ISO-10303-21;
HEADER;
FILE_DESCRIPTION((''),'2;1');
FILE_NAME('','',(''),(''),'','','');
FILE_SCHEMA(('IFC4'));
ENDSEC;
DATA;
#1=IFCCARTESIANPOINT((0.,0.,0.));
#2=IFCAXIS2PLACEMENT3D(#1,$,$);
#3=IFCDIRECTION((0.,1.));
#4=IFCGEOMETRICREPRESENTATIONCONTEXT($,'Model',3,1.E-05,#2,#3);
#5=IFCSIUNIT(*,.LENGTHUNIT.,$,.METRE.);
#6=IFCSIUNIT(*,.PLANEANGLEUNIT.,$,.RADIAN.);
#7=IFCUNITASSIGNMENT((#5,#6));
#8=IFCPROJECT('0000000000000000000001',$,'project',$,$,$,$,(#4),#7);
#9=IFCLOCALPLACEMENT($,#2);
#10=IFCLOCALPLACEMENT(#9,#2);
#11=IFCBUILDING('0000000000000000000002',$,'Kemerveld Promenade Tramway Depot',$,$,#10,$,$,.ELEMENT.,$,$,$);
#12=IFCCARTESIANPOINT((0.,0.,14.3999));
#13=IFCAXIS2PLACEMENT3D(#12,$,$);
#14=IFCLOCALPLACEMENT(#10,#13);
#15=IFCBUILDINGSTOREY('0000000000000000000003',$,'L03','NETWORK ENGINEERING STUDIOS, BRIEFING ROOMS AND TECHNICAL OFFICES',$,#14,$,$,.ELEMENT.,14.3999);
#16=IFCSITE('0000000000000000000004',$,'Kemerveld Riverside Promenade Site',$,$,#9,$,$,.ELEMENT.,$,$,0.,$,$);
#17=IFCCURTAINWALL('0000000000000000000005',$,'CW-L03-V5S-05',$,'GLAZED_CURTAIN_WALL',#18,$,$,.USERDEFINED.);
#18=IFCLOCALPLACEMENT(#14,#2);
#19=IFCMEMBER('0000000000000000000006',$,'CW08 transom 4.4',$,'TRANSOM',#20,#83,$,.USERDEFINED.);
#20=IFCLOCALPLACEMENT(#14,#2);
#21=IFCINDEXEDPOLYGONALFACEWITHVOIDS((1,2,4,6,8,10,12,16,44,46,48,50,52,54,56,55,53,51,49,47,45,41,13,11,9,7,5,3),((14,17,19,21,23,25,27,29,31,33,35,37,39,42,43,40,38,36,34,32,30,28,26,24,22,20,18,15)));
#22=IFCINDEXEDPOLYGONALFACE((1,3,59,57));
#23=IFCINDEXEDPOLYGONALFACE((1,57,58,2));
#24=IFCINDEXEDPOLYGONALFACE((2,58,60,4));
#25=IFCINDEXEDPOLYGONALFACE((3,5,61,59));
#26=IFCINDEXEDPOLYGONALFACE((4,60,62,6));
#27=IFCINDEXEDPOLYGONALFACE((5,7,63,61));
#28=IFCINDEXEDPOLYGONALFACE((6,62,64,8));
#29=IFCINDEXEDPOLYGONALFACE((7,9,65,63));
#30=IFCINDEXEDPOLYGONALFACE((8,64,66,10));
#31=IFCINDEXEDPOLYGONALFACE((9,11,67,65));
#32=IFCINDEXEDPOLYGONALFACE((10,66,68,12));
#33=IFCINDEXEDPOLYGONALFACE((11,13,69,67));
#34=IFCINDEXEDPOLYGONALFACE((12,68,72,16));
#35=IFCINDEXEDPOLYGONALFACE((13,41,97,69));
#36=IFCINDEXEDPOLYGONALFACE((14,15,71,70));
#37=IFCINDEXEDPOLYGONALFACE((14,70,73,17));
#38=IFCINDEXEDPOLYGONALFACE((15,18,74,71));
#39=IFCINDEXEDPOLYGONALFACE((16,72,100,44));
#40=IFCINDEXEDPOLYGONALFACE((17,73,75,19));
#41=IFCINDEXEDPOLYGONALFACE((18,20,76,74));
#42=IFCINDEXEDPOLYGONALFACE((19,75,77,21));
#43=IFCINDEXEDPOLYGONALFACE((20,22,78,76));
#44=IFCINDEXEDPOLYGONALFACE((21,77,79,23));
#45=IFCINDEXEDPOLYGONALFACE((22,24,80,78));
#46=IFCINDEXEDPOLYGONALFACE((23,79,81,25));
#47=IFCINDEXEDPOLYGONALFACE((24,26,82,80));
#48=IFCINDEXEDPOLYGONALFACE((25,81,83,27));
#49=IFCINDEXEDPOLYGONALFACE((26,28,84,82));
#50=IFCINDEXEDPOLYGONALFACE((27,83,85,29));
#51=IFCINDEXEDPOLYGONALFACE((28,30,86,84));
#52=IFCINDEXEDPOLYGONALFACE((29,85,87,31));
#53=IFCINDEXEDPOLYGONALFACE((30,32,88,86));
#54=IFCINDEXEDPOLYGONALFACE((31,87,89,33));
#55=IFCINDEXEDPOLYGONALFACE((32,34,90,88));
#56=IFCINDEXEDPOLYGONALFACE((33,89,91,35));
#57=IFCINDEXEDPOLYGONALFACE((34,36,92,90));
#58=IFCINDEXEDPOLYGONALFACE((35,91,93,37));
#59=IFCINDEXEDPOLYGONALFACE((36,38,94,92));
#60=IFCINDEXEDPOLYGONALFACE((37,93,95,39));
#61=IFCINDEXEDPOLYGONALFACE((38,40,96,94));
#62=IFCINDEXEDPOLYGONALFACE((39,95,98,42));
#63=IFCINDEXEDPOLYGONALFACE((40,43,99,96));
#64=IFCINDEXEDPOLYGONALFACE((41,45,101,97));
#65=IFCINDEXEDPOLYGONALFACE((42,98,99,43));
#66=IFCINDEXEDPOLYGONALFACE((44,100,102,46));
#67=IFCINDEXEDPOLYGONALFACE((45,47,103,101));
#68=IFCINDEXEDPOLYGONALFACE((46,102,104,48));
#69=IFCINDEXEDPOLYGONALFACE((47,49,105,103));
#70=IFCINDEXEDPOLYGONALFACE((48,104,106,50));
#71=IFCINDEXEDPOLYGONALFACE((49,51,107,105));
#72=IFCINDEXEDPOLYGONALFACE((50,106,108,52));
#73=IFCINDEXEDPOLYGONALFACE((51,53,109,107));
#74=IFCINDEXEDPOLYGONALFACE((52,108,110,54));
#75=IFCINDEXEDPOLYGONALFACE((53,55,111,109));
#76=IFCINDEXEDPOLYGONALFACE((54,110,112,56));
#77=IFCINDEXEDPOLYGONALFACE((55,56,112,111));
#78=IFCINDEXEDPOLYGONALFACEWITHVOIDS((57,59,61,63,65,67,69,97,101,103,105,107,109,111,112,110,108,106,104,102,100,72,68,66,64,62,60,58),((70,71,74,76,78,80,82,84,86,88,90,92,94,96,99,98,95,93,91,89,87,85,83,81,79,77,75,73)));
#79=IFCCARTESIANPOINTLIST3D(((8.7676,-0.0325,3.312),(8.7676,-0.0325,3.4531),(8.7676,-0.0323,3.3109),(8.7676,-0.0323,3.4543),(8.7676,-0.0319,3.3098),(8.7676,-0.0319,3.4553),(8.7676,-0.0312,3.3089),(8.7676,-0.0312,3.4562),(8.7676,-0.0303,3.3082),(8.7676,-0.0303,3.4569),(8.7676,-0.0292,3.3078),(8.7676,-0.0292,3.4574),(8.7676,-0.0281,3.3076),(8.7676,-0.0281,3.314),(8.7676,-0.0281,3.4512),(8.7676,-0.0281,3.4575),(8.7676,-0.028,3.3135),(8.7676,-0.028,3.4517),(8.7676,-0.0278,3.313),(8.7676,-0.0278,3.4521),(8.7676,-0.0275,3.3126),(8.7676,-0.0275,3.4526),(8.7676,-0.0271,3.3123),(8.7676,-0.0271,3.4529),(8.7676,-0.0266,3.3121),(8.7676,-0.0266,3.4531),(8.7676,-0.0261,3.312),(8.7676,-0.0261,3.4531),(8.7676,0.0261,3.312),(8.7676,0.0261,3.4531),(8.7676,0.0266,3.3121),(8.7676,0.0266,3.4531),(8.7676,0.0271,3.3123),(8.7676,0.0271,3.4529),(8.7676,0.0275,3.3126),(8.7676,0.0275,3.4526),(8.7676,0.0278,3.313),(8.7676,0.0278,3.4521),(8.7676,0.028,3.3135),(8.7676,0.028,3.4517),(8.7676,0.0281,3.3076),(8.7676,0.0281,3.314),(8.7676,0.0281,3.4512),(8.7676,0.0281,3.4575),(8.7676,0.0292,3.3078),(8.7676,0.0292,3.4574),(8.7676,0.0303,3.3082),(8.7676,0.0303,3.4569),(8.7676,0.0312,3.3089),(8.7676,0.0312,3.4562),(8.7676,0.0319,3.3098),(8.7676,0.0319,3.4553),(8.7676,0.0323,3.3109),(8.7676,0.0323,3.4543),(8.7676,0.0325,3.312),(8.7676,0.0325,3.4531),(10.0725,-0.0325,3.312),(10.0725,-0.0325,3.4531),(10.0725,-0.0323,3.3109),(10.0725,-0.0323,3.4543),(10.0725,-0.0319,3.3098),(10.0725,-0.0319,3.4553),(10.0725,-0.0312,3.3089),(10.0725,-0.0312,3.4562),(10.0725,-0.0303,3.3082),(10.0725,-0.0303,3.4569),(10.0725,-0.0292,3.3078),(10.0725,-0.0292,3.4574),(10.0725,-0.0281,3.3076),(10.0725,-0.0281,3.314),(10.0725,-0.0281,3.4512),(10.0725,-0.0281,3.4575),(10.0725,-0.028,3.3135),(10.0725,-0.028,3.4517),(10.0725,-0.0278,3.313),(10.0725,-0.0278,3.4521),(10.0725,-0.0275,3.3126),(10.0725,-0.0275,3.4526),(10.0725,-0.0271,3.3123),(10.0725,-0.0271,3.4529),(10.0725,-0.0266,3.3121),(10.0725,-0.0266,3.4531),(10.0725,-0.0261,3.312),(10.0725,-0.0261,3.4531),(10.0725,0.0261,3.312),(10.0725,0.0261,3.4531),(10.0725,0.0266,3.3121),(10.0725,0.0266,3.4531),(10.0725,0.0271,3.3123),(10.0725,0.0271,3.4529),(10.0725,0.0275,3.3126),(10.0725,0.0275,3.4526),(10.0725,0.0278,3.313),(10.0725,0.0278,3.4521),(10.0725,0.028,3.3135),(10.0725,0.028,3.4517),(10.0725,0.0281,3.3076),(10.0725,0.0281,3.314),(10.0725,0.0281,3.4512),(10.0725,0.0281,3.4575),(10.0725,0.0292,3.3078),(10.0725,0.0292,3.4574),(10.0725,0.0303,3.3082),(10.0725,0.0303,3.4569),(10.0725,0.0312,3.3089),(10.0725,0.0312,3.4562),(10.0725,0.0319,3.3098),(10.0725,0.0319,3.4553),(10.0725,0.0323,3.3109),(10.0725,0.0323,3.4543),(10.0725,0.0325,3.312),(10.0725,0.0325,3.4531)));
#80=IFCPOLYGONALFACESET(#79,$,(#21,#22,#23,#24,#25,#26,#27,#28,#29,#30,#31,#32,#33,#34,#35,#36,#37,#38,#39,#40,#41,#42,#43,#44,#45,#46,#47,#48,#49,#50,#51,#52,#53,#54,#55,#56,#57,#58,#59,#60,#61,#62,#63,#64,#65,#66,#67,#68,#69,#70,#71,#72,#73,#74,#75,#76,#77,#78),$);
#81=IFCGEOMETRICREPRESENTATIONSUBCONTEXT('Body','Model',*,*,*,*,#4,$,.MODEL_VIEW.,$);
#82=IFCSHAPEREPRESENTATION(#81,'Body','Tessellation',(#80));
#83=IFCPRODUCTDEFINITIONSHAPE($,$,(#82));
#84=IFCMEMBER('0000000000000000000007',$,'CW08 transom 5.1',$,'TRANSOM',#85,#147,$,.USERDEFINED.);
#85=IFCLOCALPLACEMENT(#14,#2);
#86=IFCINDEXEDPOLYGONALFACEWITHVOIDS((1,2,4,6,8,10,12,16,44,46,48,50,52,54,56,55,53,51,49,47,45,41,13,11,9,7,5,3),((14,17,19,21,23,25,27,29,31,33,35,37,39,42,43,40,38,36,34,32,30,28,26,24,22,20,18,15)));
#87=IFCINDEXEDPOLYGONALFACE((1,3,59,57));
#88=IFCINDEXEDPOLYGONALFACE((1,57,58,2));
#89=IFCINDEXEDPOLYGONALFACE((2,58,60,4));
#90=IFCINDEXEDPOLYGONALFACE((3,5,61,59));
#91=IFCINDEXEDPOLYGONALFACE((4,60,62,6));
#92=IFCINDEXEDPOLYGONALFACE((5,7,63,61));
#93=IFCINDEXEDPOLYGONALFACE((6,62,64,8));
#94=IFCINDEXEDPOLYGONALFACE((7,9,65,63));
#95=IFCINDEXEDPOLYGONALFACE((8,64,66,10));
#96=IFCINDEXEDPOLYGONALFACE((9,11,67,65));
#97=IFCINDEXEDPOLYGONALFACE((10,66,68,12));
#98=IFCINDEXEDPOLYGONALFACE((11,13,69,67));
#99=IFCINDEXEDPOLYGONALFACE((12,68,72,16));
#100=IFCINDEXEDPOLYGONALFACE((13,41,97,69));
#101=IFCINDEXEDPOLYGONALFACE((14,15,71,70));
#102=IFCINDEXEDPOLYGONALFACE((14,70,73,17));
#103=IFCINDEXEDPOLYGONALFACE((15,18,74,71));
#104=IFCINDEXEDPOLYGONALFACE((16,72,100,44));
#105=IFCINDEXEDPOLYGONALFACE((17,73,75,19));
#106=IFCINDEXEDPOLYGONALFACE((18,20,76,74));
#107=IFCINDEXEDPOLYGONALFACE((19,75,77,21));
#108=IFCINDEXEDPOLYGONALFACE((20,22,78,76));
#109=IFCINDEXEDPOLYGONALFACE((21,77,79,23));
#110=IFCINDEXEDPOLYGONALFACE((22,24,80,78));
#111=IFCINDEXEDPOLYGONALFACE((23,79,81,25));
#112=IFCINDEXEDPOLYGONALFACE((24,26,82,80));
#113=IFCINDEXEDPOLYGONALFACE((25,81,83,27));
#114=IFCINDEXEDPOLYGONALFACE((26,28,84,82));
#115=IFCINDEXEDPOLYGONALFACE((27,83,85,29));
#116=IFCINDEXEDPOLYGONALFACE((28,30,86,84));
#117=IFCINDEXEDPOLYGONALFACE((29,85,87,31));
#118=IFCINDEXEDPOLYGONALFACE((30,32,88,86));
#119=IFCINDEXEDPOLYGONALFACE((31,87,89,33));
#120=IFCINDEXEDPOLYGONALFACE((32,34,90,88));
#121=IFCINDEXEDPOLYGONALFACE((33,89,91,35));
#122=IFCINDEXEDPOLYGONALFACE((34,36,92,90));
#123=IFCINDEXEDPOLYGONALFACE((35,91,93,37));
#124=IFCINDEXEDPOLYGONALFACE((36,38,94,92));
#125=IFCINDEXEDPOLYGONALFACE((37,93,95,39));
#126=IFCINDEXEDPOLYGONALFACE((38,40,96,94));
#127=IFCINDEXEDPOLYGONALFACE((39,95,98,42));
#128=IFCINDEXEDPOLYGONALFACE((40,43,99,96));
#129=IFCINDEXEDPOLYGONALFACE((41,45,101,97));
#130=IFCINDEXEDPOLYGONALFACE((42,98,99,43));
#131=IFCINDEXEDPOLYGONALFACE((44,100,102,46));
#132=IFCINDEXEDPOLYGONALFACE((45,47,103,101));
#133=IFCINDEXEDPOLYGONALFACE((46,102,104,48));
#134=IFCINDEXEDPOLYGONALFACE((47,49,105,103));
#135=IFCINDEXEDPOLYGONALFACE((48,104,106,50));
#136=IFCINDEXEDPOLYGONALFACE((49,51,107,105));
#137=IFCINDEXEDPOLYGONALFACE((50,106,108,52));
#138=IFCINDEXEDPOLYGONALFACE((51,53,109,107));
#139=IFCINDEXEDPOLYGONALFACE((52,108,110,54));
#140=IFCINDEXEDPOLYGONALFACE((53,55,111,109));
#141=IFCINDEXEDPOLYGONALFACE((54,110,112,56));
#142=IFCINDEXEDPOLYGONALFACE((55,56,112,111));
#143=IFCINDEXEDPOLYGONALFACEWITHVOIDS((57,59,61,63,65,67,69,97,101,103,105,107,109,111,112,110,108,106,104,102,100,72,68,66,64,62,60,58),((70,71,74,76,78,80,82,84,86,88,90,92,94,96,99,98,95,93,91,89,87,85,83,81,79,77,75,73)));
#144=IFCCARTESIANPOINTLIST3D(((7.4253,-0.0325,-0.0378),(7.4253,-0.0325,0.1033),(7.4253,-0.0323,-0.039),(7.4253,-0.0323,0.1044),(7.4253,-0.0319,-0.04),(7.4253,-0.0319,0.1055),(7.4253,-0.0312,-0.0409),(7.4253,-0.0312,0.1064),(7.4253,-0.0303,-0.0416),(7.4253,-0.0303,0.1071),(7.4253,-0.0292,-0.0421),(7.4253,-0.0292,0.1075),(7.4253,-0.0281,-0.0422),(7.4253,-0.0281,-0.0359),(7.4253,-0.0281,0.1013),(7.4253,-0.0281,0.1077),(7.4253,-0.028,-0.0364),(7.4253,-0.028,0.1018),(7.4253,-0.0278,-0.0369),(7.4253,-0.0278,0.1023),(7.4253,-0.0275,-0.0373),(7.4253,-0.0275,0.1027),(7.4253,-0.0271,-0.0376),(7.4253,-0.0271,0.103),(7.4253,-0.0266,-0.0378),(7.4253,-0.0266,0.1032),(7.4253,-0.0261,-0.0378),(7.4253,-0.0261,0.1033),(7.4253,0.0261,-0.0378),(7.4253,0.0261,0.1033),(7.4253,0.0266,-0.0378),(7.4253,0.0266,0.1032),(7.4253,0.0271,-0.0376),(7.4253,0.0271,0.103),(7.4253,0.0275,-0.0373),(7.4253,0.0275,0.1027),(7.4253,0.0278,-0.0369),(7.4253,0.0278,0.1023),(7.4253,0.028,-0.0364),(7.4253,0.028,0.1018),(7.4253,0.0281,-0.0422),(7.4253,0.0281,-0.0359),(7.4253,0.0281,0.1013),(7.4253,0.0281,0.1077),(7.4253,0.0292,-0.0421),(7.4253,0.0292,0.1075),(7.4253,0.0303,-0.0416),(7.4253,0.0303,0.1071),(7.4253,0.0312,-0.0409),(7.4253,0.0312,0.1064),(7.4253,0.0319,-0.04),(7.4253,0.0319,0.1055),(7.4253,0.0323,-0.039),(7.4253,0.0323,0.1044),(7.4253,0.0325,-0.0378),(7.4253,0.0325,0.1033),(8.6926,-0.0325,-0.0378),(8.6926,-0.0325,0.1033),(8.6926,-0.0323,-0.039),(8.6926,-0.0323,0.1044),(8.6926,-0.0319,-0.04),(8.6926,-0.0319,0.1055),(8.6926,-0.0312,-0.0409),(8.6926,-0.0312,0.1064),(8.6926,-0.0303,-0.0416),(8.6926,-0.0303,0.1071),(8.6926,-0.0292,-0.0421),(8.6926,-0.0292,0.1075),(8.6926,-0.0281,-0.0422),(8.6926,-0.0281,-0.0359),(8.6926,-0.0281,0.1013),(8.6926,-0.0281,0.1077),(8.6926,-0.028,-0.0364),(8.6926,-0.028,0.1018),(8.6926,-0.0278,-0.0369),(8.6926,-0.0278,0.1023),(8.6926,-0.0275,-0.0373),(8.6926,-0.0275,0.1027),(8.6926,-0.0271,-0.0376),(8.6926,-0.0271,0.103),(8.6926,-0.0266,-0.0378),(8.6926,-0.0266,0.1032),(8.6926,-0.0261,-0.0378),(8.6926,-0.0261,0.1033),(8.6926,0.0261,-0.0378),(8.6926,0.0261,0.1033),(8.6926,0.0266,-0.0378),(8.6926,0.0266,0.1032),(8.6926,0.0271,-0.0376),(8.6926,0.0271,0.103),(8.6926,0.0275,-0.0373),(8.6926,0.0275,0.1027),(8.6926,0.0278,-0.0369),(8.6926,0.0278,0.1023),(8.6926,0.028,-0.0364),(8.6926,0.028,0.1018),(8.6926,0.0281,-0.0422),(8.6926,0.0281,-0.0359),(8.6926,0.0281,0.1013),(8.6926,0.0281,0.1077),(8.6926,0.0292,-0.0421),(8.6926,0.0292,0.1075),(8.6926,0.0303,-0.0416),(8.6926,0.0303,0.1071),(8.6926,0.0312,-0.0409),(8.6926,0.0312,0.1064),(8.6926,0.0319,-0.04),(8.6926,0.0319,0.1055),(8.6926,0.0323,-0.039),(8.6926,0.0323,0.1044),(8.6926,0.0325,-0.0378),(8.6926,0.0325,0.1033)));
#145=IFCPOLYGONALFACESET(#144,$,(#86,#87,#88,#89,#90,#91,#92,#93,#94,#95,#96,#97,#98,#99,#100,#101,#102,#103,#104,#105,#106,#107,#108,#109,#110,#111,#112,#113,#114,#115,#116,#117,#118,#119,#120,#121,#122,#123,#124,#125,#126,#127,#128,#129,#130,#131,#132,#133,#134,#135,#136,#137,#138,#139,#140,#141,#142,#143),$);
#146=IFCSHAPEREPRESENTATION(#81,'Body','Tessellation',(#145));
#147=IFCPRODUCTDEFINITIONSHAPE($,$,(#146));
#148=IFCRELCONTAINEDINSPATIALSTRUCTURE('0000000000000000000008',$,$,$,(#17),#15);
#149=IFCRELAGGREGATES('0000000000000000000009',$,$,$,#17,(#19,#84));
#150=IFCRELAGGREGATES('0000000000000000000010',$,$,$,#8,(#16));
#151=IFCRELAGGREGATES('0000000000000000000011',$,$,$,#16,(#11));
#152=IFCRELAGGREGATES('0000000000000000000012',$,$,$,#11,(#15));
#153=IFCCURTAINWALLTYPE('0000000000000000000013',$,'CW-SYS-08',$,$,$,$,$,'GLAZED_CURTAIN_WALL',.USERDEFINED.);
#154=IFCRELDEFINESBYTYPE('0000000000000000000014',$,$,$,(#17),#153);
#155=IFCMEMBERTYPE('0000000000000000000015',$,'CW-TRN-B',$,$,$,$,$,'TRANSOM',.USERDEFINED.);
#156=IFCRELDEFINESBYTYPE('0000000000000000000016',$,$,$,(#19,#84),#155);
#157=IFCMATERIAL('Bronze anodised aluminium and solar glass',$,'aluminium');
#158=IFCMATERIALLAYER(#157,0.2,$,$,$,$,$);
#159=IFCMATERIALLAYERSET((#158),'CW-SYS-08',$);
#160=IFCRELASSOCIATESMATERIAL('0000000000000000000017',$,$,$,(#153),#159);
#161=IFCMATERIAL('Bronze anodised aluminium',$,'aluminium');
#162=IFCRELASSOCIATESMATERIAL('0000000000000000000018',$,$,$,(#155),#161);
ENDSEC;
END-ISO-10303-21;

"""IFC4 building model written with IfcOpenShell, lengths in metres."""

from ifc_helpers import new_model, si_unit, direction, frame, origin, origin_2d, place, context, subcontext, project, spatial, hollow_rectangle, extrude, material, layer, layer_set, material_profile, profile_set, type_object, element, aggregate, save


model = new_model("IFC4")

# Units and contexts
model_context = context("Model", 3, precision=1e-05, world=origin(), true_north=direction((0.0, 1.0)))
body_context = subcontext(model_context, "Body", "Model", "MODEL_VIEW")
ifc_project = project(units=[si_unit("LENGTHUNIT", "METRE"), si_unit("PLANEANGLEUNIT", "RADIAN")], contexts=[model_context])

# Site, building, storey
site_placement = place(None, origin())
site = spatial("IfcSite", under=ifc_project, at=site_placement, Name="Kemerveld Riverside Promenade Site", CompositionType="ELEMENT", RefElevation=0.0)
building_placement = place(site_placement, origin())
building = spatial("IfcBuilding", under=site, at=building_placement, Name="Kemerveld Promenade Tramway Depot", CompositionType="ELEMENT")
storey_placement = place(building_placement, frame((0.0, 0.0, 14.3999)))
storey = spatial("IfcBuildingStorey", under=building, at=storey_placement, Name="L03", Description="NETWORK ENGINEERING STUDIOS, BRIEFING ROOMS AND TECHNICAL OFFICES", CompositionType="ELEMENT", Elevation=14.3999)

# Curtain wall, members
ifc_material_1 = material(Name="Bronze anodised aluminium and solar glass", Category="aluminium")
ifc_layer_1 = layer(ifc_material_1, 0.2)
ifc_layer_set_1 = layer_set([ifc_layer_1], Name="CW-SYS-08")
curtain_wall_type = type_object("IfcCurtainWallType", Name="CW-SYS-08", ElementType="GLAZED_CURTAIN_WALL", PredefinedType="USERDEFINED", material=ifc_layer_set_1)
curtain_wall_placement = place(storey_placement, origin())
curtain_wall = element("IfcCurtainWall", 1, at=curtain_wall_placement, inside=storey, type_object=curtain_wall_type, Name="CW-L03-V5S-05", ObjectType="GLAZED_CURTAIN_WALL", PredefinedType="USERDEFINED")
ifc_material_2 = material(Name="Bronze anodised aluminium", Category="aluminium")
ifc_material_profile_1 = material_profile(ifc_material_2, hollow_rectangle(XDim=0.0649, YDim=0.1499, WallThickness=0.0044, InnerFilletRadius=0.002, OuterFilletRadius=0.0044, at=origin_2d()), Name="CW-TRN-150x65")
ifc_profile_set_1 = profile_set([ifc_material_profile_1], Name="Bronze anodised aluminium")
member_type_1 = type_object("IfcMemberType", Name="CW-TRN-B", ElementType="TRANSOM", PredefinedType="USERDEFINED", material=ifc_profile_set_1)
member_1_placement = place(storey_placement, frame((10.0725, 0.0, 3.3826), z_axis=(-1.0, 0.0, 0.0), x_axis=(0.0, -1.0, 0.0)))
member_1 = element("IfcMember", 2, at=member_1_placement, type_object=member_type_1, Name="CW08 transom 4.4", ObjectType="TRANSOM", PredefinedType="USERDEFINED", context=body_context, shape_type="SweptSolid", body=[
    extrude(hollow_rectangle(XDim=0.0649, YDim=0.1499, WallThickness=0.0044, InnerFilletRadius=0.002, OuterFilletRadius=0.0044, at=origin_2d()), origin(), (0.0, 0.0, 1.0), 1.3049),
])
member_2_placement = place(storey_placement, frame((8.6926, 0.0, 0.0327), z_axis=(-1.0, 0.0, 0.0), x_axis=(0.0, -1.0, 0.0)))
member_2 = element("IfcMember", 3, at=member_2_placement, type_object=member_type_1, Name="CW08 transom 5.1", ObjectType="TRANSOM", PredefinedType="USERDEFINED", context=body_context, shape_type="SweptSolid", body=[
    extrude(hollow_rectangle(XDim=0.0649, YDim=0.1499, WallThickness=0.0044, InnerFilletRadius=0.002, OuterFilletRadius=0.0044, at=origin_2d()), origin(), (0.0, 0.0, 1.0), 1.2673),
])
aggregate(curtain_wall, [member_1, member_2])

save(model, "model.ifc")
